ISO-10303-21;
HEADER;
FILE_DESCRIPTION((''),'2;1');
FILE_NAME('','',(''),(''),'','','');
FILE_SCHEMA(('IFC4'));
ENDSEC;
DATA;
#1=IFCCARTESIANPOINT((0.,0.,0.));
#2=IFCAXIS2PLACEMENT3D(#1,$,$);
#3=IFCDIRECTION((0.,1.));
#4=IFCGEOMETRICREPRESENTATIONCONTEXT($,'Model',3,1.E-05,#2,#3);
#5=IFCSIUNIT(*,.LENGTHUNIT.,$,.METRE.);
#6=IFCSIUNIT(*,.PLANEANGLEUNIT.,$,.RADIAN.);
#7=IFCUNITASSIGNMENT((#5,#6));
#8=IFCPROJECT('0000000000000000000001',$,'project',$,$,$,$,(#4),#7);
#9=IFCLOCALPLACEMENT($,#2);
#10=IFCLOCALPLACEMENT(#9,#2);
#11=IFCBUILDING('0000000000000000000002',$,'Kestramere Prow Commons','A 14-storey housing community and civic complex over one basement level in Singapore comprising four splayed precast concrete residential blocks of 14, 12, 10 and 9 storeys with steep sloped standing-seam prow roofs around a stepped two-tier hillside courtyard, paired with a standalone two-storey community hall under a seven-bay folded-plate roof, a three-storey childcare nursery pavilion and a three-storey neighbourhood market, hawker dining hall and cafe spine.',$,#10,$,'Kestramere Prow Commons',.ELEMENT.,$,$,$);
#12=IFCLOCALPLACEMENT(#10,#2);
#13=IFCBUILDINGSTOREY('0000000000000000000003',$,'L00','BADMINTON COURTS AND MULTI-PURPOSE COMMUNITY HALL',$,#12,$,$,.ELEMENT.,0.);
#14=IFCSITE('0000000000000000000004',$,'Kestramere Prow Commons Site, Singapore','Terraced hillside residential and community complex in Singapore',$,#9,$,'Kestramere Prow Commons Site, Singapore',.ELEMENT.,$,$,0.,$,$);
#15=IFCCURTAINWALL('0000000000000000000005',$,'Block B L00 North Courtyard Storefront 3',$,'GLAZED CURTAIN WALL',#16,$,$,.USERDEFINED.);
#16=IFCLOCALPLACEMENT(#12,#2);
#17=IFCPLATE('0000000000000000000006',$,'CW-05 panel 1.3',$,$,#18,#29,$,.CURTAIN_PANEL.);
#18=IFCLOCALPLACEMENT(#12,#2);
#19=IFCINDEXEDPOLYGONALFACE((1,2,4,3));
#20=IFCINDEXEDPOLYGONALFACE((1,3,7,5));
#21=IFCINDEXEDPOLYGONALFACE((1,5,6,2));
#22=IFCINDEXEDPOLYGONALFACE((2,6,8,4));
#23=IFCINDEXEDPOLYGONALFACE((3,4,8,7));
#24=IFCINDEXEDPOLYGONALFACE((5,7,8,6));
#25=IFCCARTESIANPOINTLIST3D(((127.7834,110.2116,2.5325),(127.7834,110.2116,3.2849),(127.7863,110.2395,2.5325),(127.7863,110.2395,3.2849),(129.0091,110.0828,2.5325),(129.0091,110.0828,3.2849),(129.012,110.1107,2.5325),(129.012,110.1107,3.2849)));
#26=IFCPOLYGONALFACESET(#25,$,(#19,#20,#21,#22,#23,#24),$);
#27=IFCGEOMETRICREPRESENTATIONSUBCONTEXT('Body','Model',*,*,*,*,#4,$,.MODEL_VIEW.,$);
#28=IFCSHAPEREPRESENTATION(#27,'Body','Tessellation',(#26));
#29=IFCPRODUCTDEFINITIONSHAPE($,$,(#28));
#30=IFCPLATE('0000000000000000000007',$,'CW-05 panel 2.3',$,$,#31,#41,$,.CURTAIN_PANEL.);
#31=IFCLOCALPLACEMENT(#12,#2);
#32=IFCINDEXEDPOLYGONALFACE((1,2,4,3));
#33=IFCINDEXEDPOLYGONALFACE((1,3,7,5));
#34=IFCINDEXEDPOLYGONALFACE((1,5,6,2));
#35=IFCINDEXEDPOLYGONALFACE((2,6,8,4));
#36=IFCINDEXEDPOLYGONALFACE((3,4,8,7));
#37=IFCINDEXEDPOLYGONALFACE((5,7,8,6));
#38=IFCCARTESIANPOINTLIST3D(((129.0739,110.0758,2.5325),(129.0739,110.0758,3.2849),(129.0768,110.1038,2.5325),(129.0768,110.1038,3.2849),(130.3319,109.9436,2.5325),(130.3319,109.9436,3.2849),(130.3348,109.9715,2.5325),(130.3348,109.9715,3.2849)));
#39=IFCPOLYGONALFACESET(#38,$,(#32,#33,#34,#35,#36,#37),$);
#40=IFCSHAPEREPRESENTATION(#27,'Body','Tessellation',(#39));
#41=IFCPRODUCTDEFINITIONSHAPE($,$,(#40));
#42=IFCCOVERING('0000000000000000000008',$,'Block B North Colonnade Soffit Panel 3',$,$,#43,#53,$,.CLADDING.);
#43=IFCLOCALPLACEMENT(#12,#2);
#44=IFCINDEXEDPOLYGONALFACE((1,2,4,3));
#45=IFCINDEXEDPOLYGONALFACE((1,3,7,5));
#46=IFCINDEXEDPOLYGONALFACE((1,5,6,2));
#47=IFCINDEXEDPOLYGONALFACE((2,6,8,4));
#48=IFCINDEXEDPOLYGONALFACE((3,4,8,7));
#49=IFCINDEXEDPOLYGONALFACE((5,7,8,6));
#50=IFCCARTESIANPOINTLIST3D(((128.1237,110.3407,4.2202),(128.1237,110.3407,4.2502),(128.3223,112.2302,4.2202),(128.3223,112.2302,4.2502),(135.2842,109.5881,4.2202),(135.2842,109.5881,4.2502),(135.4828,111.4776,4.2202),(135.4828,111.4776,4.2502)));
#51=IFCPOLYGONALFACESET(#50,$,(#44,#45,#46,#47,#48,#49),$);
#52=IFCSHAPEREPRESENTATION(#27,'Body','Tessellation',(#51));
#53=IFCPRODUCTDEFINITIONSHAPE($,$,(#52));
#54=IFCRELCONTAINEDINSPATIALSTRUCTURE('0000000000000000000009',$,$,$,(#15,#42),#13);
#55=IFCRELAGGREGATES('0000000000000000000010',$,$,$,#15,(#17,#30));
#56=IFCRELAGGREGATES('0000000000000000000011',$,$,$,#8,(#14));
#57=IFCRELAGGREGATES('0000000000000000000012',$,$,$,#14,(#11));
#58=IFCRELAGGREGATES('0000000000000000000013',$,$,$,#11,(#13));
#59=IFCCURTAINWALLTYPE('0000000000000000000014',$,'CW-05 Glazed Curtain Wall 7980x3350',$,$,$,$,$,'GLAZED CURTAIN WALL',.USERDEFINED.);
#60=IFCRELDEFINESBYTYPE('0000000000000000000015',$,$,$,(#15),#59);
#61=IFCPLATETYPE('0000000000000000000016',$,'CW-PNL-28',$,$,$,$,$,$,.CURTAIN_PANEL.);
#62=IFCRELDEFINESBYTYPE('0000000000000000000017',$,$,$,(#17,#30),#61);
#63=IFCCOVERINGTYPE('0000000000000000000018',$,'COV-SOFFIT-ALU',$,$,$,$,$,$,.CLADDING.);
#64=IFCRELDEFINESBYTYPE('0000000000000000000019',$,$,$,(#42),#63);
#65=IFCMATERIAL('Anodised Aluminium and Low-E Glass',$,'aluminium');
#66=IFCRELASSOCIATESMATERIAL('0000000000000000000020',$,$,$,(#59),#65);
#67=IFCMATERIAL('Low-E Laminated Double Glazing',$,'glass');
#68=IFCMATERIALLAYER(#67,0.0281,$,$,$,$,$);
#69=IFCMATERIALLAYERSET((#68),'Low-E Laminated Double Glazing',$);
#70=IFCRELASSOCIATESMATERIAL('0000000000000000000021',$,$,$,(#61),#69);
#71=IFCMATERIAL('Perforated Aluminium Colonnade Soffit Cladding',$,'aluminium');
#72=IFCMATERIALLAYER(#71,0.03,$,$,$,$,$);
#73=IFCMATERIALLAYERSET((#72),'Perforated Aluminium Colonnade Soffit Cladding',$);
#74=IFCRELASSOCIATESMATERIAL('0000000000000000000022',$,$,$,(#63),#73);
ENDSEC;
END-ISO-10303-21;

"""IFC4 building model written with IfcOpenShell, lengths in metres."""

from ifc_helpers import new_model, si_unit, direction, frame, origin, origin_2d, place, context, subcontext, project, spatial, rectangle, extrude, material, layer, layer_set, type_object, element, aggregate, save


model = new_model("IFC4")

# Units and contexts
model_context = context("Model", 3, precision=1e-05, world=origin(), true_north=direction((0.0, 1.0)))
body_context = subcontext(model_context, "Body", "Model", "MODEL_VIEW")
ifc_project = project(units=[si_unit("LENGTHUNIT", "METRE"), si_unit("PLANEANGLEUNIT", "RADIAN")], contexts=[model_context])

# Site, building, storey
site_placement = place(None, origin())
site = spatial("IfcSite", under=ifc_project, at=site_placement, Name="Kestramere Prow Commons Site, Singapore", Description="Terraced hillside residential and community complex in Singapore", LongName="Kestramere Prow Commons Site, Singapore", CompositionType="ELEMENT", RefElevation=0.0)
building_placement = place(site_placement, origin())
building = spatial("IfcBuilding", under=site, at=building_placement, Name="Kestramere Prow Commons", Description="A 14-storey housing community and civic complex over one basement level in Singapore comprising four splayed precast concrete residential blocks of 14, 12, 10 and 9 storeys with steep sloped standing-seam prow roofs around a stepped two-tier hillside courtyard, paired with a standalone two-storey community hall under a seven-bay folded-plate roof, a three-storey childcare nursery pavilion and a three-storey neighbourhood market, hawker dining hall and cafe spine.", LongName="Kestramere Prow Commons", CompositionType="ELEMENT")
storey_placement = place(building_placement, origin())
storey = spatial("IfcBuildingStorey", under=building, at=storey_placement, Name="L00", Description="BADMINTON COURTS AND MULTI-PURPOSE COMMUNITY HALL", CompositionType="ELEMENT", Elevation=0.0)

# Shared definitions
ifc_material_1 = material(Name="Anodised Aluminium and Low-E Glass", Category="aluminium")
curtain_wall_type = type_object("IfcCurtainWallType", Name="CW-05 Glazed Curtain Wall 7980x3350", ElementType="GLAZED CURTAIN WALL", PredefinedType="USERDEFINED", material=ifc_material_1)

# Curtain wall
curtain_wall_1_placement = place(storey_placement, origin())
curtain_wall_1 = element("IfcCurtainWall", 1, at=curtain_wall_1_placement, inside=storey, type_object=curtain_wall_type, Name="Block B L00 North Courtyard Storefront 3", ObjectType="GLAZED CURTAIN WALL", PredefinedType="USERDEFINED")

# Plates
ifc_material_2 = material(Name="Low-E Laminated Double Glazing", Category="glass")
ifc_layer_1 = layer(ifc_material_2, 0.0281)
ifc_layer_set_1 = layer_set([ifc_layer_1], Name="Low-E Laminated Double Glazing")
plate_type = type_object("IfcPlateType", Name="CW-PNL-28", PredefinedType="CURTAIN_PANEL", material=ifc_layer_set_1)
plate_1_placement = place(storey_placement, frame((128.3977, 110.1611, 2.5325), z_axis=(0.0, 0.0, 1.0), x_axis=(0.994522, -0.104528, 0.0)))
plate_1 = element("IfcPlate", 2, at=plate_1_placement, type_object=plate_type, Name="CW-05 panel 1.3", PredefinedType="CURTAIN_PANEL", context=body_context, shape_type="SweptSolid", body=[
    extrude(rectangle(XDim=1.2324, YDim=0.0281, at=origin_2d()), origin(), (0.0, 0.0, 1.0), 0.7524),
])
plate_2_placement = place(storey_placement, frame((129.7043, 110.0237, 2.5325), z_axis=(0.0, 0.0, 1.0), x_axis=(0.994522, -0.104528, 0.0)))
plate_2 = element("IfcPlate", 3, at=plate_2_placement, type_object=plate_type, Name="CW-05 panel 2.3", PredefinedType="CURTAIN_PANEL", context=body_context, shape_type="SweptSolid", body=[
    extrude(rectangle(XDim=1.2649, YDim=0.0281, at=origin_2d()), origin(), (0.0, 0.0, 1.0), 0.7524),
])
aggregate(curtain_wall_1, [plate_1, plate_2])

# Covering
ifc_material_3 = material(Name="Perforated Aluminium Colonnade Soffit Cladding", Category="aluminium")
ifc_layer_2 = layer(ifc_material_3, 0.03)
ifc_layer_set_2 = layer_set([ifc_layer_2], Name="Perforated Aluminium Colonnade Soffit Cladding")
covering_type = type_object("IfcCoveringType", Name="COV-SOFFIT-ALU", PredefinedType="CLADDING", material=ifc_layer_set_2)
covering_placement = place(storey_placement, frame((131.8032, 110.9092, 4.2202), z_axis=(0.0, 0.0, 1.0), x_axis=(0.994522, -0.104528, 0.0)))
element("IfcCovering", 4, at=covering_placement, inside=storey, type_object=covering_type, Name="Block B North Colonnade Soffit Panel 3", PredefinedType="CLADDING", context=body_context, shape_type="SweptSolid", body=[
    extrude(rectangle(XDim=7.2, YDim=1.8999, at=origin_2d()), origin(), (0.0, 0.0, 1.0), 0.03),
])

save(model, "model.ifc")
